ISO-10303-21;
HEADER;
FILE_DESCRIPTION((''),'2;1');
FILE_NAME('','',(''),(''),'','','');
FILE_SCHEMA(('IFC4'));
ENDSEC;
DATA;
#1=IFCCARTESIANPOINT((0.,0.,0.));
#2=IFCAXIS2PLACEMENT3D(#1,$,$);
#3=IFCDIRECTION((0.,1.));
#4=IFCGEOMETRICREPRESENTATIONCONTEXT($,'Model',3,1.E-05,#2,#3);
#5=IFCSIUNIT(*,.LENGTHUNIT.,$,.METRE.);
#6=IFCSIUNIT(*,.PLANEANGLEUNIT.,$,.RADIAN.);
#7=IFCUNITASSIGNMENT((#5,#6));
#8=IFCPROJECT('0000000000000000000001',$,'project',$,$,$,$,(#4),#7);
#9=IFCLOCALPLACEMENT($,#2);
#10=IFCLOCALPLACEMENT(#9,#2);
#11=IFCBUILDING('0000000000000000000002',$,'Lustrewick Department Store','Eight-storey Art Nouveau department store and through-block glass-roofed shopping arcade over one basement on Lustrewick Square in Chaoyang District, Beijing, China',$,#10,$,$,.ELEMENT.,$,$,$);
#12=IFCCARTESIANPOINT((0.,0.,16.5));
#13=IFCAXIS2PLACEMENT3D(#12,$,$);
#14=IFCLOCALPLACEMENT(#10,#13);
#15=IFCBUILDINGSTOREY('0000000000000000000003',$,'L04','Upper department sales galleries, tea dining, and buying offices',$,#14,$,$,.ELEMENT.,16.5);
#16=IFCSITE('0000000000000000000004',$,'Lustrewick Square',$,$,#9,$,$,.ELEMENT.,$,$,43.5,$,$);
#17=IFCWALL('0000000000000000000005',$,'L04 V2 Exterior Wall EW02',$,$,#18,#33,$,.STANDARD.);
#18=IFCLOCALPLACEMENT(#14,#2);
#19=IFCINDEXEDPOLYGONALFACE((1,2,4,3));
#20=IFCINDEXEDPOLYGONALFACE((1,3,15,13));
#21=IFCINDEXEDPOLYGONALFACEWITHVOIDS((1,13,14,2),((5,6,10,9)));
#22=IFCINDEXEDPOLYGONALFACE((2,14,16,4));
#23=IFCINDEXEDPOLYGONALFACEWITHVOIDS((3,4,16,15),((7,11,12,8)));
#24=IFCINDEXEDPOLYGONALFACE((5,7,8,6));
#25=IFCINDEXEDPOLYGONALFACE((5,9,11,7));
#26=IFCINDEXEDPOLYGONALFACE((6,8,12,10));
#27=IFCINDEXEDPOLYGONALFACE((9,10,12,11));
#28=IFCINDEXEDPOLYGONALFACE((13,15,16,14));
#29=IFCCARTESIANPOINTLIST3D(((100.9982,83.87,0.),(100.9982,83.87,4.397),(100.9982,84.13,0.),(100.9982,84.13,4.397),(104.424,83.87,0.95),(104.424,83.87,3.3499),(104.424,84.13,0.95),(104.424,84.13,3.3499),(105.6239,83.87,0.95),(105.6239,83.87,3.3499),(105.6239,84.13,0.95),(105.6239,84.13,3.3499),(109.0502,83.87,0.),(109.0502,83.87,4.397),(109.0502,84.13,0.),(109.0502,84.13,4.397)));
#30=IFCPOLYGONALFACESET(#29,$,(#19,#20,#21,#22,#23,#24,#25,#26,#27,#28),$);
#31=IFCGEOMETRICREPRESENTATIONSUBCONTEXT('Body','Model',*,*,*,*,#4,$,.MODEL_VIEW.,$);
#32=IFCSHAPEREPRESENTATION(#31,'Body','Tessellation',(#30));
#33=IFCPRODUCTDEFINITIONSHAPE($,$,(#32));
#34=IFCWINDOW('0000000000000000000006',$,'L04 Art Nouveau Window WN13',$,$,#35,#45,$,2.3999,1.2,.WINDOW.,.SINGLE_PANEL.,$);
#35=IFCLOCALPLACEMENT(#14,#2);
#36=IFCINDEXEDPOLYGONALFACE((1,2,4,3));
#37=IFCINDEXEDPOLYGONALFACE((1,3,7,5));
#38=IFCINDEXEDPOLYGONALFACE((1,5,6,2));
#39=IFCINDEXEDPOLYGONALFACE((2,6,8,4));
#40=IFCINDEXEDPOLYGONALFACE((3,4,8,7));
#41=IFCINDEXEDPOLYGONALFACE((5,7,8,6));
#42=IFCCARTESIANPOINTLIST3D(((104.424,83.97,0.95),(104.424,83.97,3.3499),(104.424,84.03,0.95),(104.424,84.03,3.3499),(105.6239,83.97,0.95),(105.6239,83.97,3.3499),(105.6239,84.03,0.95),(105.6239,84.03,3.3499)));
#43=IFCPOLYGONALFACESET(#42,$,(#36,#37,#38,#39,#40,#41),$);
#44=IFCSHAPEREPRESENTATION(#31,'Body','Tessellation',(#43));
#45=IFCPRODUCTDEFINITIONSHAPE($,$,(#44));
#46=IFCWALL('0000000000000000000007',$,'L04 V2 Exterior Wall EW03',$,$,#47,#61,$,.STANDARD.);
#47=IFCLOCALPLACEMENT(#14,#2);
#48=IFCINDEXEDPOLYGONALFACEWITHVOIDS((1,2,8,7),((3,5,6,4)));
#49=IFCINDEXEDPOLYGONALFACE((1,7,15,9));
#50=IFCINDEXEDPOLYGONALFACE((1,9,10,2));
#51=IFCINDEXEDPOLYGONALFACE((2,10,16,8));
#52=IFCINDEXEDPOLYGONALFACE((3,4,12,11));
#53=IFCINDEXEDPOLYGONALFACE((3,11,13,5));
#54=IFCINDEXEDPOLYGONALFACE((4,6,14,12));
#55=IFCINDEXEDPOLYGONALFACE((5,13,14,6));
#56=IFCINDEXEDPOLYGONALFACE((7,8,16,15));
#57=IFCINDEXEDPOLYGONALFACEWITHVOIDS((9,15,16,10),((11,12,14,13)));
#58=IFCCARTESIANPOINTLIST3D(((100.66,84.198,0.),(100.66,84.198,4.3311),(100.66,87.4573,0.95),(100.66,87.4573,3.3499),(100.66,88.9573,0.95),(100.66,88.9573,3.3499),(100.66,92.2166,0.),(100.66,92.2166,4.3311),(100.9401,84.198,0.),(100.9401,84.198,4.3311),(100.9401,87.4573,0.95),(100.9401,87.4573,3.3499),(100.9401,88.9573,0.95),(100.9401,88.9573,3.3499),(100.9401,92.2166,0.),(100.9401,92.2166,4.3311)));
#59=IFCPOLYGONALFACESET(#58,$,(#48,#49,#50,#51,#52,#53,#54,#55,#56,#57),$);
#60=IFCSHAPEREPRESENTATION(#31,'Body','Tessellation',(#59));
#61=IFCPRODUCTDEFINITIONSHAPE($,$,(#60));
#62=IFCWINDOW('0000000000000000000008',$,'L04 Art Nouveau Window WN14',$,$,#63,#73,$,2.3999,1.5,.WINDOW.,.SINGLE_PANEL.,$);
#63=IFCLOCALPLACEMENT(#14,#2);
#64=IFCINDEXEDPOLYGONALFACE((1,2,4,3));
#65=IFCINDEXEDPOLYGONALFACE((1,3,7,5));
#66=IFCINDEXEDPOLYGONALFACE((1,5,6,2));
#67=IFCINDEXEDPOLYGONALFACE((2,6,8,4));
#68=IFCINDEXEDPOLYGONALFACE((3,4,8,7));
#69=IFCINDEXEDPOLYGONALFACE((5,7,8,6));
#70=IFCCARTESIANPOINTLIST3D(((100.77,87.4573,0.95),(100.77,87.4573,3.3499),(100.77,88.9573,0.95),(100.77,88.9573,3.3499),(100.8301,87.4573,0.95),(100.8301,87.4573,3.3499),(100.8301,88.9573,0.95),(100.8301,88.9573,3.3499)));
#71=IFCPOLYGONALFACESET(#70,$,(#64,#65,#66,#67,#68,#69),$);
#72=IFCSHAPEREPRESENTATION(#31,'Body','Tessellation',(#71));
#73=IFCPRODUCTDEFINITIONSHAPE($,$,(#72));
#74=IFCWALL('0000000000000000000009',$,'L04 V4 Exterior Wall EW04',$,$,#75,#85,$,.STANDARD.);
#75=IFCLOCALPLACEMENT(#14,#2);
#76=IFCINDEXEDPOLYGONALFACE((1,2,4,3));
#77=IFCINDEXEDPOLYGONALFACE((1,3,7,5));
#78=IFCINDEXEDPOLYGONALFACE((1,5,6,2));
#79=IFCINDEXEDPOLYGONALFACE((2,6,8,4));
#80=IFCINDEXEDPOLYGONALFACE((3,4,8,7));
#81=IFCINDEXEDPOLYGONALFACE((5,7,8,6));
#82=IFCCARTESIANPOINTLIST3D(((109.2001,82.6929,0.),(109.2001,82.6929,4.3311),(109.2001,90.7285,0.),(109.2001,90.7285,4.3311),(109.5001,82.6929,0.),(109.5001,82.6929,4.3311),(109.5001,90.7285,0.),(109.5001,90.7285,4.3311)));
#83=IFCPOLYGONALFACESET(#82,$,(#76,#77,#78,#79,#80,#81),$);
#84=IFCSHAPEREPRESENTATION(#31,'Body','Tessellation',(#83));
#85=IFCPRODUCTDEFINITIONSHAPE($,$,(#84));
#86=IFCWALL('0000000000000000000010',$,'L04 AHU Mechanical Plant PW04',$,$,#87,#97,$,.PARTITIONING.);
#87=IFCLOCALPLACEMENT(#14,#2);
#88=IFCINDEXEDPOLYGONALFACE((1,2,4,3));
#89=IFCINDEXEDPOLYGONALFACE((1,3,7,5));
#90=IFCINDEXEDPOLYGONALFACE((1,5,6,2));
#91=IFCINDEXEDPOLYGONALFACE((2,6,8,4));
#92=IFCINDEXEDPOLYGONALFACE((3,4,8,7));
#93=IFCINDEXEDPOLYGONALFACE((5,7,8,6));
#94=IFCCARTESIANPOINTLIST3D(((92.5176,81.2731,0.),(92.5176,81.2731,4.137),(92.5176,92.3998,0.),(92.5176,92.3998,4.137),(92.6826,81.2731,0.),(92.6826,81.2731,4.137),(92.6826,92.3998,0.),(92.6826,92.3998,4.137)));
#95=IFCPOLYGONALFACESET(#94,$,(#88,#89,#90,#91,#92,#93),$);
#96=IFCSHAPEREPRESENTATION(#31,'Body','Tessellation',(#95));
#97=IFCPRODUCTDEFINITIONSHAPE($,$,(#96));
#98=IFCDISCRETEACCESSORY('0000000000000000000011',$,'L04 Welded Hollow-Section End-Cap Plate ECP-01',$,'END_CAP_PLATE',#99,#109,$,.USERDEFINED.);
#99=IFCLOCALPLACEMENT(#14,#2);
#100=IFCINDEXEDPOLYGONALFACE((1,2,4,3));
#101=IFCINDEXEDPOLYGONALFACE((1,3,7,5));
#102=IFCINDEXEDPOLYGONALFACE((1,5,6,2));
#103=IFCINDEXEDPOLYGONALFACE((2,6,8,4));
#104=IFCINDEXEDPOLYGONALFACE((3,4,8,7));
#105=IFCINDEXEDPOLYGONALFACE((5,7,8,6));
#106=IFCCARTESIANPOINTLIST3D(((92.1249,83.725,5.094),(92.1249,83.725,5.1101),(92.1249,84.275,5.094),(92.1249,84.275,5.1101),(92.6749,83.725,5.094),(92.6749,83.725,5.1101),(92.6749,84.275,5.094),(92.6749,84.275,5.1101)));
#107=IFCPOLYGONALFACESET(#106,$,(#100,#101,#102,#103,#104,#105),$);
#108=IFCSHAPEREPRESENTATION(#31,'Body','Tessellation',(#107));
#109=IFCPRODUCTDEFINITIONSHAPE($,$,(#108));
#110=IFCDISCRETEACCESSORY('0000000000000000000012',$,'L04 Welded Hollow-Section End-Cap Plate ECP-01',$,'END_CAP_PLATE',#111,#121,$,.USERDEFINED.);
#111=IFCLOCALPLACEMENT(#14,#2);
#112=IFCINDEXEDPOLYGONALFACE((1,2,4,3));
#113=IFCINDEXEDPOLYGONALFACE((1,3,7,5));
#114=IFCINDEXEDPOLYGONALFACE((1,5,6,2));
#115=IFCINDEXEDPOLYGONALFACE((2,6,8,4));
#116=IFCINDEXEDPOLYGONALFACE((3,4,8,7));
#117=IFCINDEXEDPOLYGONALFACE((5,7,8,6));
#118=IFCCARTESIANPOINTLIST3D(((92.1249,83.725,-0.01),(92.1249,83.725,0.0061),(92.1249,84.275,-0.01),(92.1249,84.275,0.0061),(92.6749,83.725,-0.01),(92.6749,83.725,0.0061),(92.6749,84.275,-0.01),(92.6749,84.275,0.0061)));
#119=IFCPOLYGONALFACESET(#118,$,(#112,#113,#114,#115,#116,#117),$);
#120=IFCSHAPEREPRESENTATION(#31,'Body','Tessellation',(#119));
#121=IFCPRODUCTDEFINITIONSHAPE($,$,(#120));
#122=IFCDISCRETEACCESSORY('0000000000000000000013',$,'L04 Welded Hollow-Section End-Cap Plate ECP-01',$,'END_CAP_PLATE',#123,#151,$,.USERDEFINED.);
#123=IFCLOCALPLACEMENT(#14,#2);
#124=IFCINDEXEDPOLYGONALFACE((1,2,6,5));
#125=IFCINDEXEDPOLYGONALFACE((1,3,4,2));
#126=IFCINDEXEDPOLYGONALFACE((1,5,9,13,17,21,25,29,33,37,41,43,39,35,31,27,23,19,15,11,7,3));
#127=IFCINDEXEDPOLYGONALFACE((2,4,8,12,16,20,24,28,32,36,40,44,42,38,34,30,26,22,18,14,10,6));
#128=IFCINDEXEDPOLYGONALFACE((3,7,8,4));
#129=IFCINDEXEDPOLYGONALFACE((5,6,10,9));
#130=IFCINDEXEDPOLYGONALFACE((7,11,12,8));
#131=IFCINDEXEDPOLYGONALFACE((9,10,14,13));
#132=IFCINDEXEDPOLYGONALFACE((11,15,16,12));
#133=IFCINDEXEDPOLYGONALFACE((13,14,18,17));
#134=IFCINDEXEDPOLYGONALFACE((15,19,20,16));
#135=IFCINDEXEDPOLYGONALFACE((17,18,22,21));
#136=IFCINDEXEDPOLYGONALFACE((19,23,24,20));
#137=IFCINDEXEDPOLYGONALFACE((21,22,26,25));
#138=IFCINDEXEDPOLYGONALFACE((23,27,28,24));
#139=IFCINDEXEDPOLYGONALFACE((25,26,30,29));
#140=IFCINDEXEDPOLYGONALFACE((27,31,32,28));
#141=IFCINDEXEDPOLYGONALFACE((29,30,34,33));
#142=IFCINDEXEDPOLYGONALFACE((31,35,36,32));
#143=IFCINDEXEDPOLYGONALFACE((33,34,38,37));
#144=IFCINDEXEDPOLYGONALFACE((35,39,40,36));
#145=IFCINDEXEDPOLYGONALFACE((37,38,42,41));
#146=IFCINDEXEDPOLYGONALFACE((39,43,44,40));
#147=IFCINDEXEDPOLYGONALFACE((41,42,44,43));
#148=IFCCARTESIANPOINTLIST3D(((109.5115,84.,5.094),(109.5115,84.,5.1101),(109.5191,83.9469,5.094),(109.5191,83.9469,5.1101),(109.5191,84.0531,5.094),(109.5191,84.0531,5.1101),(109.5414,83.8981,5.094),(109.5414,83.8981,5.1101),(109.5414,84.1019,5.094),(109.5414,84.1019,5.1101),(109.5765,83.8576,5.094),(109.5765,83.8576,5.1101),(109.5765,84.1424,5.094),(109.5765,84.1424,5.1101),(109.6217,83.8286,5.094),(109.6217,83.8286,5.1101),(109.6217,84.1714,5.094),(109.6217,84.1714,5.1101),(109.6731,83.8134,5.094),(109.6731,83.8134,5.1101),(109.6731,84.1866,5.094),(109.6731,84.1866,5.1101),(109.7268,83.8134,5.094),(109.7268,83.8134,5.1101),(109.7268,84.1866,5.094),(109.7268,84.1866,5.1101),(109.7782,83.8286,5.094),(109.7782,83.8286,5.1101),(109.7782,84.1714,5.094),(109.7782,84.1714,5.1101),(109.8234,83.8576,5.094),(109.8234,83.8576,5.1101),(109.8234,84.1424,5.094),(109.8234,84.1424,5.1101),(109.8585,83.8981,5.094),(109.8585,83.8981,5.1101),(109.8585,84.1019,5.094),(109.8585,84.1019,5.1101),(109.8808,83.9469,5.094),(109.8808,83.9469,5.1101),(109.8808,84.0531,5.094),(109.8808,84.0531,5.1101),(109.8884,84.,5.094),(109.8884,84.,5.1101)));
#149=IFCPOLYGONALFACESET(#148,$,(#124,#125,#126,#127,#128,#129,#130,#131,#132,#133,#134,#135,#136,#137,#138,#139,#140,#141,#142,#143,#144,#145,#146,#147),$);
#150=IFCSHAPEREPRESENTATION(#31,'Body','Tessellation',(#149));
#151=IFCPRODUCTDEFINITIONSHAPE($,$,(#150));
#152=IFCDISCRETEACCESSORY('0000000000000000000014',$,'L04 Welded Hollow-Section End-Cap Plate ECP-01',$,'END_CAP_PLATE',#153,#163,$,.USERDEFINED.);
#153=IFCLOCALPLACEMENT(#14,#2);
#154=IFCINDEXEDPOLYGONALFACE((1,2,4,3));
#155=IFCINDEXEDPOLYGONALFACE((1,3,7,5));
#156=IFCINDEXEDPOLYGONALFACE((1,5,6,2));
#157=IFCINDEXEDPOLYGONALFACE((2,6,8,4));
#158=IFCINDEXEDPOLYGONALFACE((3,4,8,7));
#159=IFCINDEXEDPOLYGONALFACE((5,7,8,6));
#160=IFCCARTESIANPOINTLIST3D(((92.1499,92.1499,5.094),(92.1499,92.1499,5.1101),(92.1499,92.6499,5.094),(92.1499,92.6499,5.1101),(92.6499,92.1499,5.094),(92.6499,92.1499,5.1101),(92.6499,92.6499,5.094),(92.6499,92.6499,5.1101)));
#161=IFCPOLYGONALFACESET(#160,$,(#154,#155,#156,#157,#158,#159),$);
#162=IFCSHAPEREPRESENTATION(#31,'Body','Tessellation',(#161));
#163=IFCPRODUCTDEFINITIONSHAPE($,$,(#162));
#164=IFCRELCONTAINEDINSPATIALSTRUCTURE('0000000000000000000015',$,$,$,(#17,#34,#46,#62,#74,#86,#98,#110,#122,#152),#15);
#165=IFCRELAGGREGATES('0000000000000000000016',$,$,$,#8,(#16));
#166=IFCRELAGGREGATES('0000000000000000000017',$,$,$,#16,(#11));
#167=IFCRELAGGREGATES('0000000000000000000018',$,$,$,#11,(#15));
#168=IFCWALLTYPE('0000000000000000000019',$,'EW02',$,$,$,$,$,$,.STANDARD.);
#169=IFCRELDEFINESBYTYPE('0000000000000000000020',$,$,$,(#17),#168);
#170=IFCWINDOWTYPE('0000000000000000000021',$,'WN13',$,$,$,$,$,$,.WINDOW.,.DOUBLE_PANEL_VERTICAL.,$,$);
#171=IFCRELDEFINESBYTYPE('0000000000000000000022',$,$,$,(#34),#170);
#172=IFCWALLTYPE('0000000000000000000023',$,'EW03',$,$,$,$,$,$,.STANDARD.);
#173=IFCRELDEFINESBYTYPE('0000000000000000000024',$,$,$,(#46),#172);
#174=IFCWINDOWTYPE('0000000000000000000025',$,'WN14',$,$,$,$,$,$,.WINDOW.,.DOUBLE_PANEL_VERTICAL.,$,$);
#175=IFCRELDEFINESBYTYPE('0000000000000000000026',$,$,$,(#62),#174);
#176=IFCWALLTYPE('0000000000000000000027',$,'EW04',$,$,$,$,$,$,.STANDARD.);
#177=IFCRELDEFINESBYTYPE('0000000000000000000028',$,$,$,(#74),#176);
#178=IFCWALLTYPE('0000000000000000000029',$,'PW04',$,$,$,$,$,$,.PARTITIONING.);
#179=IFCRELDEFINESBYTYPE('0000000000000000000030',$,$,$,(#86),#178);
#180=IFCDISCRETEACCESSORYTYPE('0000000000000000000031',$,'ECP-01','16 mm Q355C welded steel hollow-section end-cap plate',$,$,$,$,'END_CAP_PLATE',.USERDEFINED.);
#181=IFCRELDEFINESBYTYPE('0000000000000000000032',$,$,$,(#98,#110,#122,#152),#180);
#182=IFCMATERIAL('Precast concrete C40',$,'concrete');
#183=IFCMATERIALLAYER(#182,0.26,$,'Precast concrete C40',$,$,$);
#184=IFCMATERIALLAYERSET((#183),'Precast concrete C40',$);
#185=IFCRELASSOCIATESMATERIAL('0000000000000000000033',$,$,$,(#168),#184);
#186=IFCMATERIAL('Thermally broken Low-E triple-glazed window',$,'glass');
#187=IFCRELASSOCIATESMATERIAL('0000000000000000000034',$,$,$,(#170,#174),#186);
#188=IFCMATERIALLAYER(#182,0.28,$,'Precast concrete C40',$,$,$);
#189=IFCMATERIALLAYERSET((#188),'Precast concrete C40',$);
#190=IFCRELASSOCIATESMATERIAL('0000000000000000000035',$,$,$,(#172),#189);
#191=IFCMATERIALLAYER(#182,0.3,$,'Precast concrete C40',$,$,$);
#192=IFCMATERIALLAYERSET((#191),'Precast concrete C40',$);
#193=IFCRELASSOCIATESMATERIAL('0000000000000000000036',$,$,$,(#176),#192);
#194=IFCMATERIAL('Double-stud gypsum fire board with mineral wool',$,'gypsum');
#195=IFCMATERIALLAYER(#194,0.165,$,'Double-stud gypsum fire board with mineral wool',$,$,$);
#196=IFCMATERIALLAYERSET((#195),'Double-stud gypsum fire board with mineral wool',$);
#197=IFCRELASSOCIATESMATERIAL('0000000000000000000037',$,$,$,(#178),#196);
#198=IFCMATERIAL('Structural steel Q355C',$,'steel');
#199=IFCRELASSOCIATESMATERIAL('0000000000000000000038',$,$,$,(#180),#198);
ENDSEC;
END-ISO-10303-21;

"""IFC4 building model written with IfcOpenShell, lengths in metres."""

from ifc_helpers import new_model, si_unit, direction, frame, frame_2d, origin, origin_2d, place, context, subcontext, project, spatial, rectangle, circle, extrude, material, layer, layer_set, type_object, element, fill, save


model = new_model("IFC4")

# Units and contexts
model_context = context("Model", 3, precision=1e-05, world=origin(), true_north=direction((0.0, 1.0)))
body_context = subcontext(model_context, "Body", "Model", "MODEL_VIEW")
ifc_project = project(units=[si_unit("LENGTHUNIT", "METRE"), si_unit("PLANEANGLEUNIT", "RADIAN")], contexts=[model_context])

# Site, building, storey
site_placement = place(None, origin())
site = spatial("IfcSite", under=ifc_project, at=site_placement, Name="Lustrewick Square", CompositionType="ELEMENT", RefElevation=43.5)
building_placement = place(site_placement, origin())
building = spatial("IfcBuilding", under=site, at=building_placement, Name="Lustrewick Department Store", Description="Eight-storey Art Nouveau department store and through-block glass-roofed shopping arcade over one basement on Lustrewick Square in Chaoyang District, Beijing, China", CompositionType="ELEMENT")
storey_placement = place(building_placement, frame((0.0, 0.0, 16.5)))
storey = spatial("IfcBuildingStorey", under=building, at=storey_placement, Name="L04", Description="Upper department sales galleries, tea dining, and buying offices", CompositionType="ELEMENT", Elevation=16.5)

# Shared definitions
ifc_material_1 = material(Name="Structural steel Q355C", Category="steel")

# Walls, openings, windows
ifc_material_2 = material(Name="Precast concrete C40", Category="concrete")
ifc_layer_1 = layer(ifc_material_2, 0.26, Name="Precast concrete C40")
ifc_layer_set_1 = layer_set([ifc_layer_1], Name="Precast concrete C40")
wall_type_1 = type_object("IfcWallType", Name="EW02", PredefinedType="STANDARD", material=ifc_layer_set_1)
wall_1_placement = place(storey_placement, frame((109.05, 84.0, 0.0), z_axis=(0.0, 0.0, 1.0), x_axis=(-1.0, 0.0, 0.0)))
wall_1 = element("IfcWall", 1, at=wall_1_placement, inside=storey, type_object=wall_type_1, Name="L04 V2 Exterior Wall EW02", PredefinedType="STANDARD", context=body_context, shape_type="SweptSolid", body=[
    extrude(rectangle(XDim=8.052, YDim=0.26, at=frame_2d((4.0259, 0.0))), origin(), (0.0, 0.0, 1.0), 4.397),
])
opening_1_placement = place(wall_1_placement, frame((3.426, 0.0, 0.95)))
opening_1 = element("IfcOpeningElement", 2, at=opening_1_placement, cuts=wall_1, PredefinedType="OPENING", context=body_context, shape_type="SweptSolid", body=[
    extrude(rectangle(XDim=1.2, YDim=2.3999, at=frame_2d((0.6001, 1.2))), frame((0.0, 0.1401, 0.0), z_axis=(0.0, -1.0, 0.0), x_axis=(1.0, 0.0, 0.0)), (0.0, 0.0, 1.0), 0.28),
])
ifc_material_3 = material(Name="Thermally broken Low-E triple-glazed window", Category="glass")
window_type_1 = type_object("IfcWindowType", Name="WN13", PartitioningType="DOUBLE_PANEL_VERTICAL", PredefinedType="WINDOW", material=ifc_material_3)
window_1_placement = place(opening_1_placement, origin())
window_1 = element("IfcWindow", 3, at=window_1_placement, inside=storey, type_object=window_type_1, Name="L04 Art Nouveau Window WN13", OverallHeight=2.3999, OverallWidth=1.2, PartitioningType="SINGLE_PANEL", PredefinedType="WINDOW", context=body_context, shape_type="SweptSolid", body=[
    extrude(rectangle(XDim=1.2, YDim=2.3999, at=frame_2d((0.6001, 1.2))), frame((0.0, 0.03, 0.0), z_axis=(0.0, -1.0, 0.0), x_axis=(1.0, 0.0, 0.0)), (0.0, 0.0, 1.0), 0.0601),
])
fill(opening_1, window_1)
ifc_layer_2 = layer(ifc_material_2, 0.28, Name="Precast concrete C40")
ifc_layer_set_2 = layer_set([ifc_layer_2], Name="Precast concrete C40")
wall_type_2 = type_object("IfcWallType", Name="EW03", PredefinedType="STANDARD", material=ifc_layer_set_2)
wall_2_placement = place(storey_placement, frame((100.8, 84.198, 0.0), z_axis=(0.0, 0.0, 1.0), x_axis=(0.0, 1.0, 0.0)))
wall_2 = element("IfcWall", 4, at=wall_2_placement, inside=storey, type_object=wall_type_2, Name="L04 V2 Exterior Wall EW03", PredefinedType="STANDARD", context=body_context, shape_type="SweptSolid", body=[
    extrude(rectangle(XDim=8.0186, YDim=0.28, at=frame_2d((4.0093, 0.0))), origin(), (0.0, 0.0, 1.0), 4.3311),
])
opening_2_placement = place(wall_2_placement, frame((3.2593, 0.0, 0.95)))
opening_2 = element("IfcOpeningElement", 5, at=opening_2_placement, cuts=wall_2, PredefinedType="OPENING", context=body_context, shape_type="SweptSolid", body=[
    extrude(rectangle(XDim=1.5, YDim=2.3999, at=frame_2d((0.75, 1.2))), frame((0.0, 0.1499, 0.0), z_axis=(0.0, -1.0, 0.0), x_axis=(1.0, 0.0, 0.0)), (0.0, 0.0, 1.0), 0.3),
])
window_type_2 = type_object("IfcWindowType", Name="WN14", PartitioningType="DOUBLE_PANEL_VERTICAL", PredefinedType="WINDOW", material=ifc_material_3)
window_2_placement = place(opening_2_placement, origin())
window_2 = element("IfcWindow", 6, at=window_2_placement, inside=storey, type_object=window_type_2, Name="L04 Art Nouveau Window WN14", OverallHeight=2.3999, OverallWidth=1.5, PartitioningType="SINGLE_PANEL", PredefinedType="WINDOW", context=body_context, shape_type="SweptSolid", body=[
    extrude(rectangle(XDim=1.5, YDim=2.3999, at=frame_2d((0.75, 1.2))), frame((0.0, 0.03, 0.0), z_axis=(0.0, -1.0, 0.0), x_axis=(1.0, 0.0, 0.0)), (0.0, 0.0, 1.0), 0.0601),
])
fill(opening_2, window_2)

# Walls
ifc_layer_3 = layer(ifc_material_2, 0.3, Name="Precast concrete C40")
ifc_layer_set_3 = layer_set([ifc_layer_3], Name="Precast concrete C40")
wall_type_3 = type_object("IfcWallType", Name="EW04", PredefinedType="STANDARD", material=ifc_layer_set_3)
wall_3_placement = place(storey_placement, frame((109.3501, 90.7285, 0.0), z_axis=(0.0, 0.0, 1.0), x_axis=(0.0, -1.0, 0.0)))
element("IfcWall", 7, at=wall_3_placement, inside=storey, type_object=wall_type_3, Name="L04 V4 Exterior Wall EW04", PredefinedType="STANDARD", context=body_context, shape_type="SweptSolid", body=[
    extrude(rectangle(XDim=8.0356, YDim=0.3, at=frame_2d((4.0178, 0.0))), origin(), (0.0, 0.0, 1.0), 4.3311),
])
ifc_material_4 = material(Name="Double-stud gypsum fire board with mineral wool", Category="gypsum")
ifc_layer_4 = layer(ifc_material_4, 0.165, Name="Double-stud gypsum fire board with mineral wool")
ifc_layer_set_4 = layer_set([ifc_layer_4], Name="Double-stud gypsum fire board with mineral wool")
wall_type_4 = type_object("IfcWallType", Name="PW04", PredefinedType="PARTITIONING", material=ifc_layer_set_4)
wall_4_placement = place(storey_placement, frame((92.6001, 92.3999, 0.0), z_axis=(0.0, 0.0, 1.0), x_axis=(0.0, -1.0, 0.0)))
element("IfcWall", 8, at=wall_4_placement, inside=storey, type_object=wall_type_4, Name="L04 AHU Mechanical Plant PW04", PredefinedType="PARTITIONING", context=body_context, shape_type="SweptSolid", body=[
    extrude(rectangle(XDim=11.1267, YDim=0.165, at=frame_2d((5.5635, 0.0))), origin(), (0.0, 0.0, 1.0), 4.137),
])

# Discrete accessories
discrete_accessory_type = type_object("IfcDiscreteAccessoryType", Name="ECP-01", Description="16 mm Q355C welded steel hollow-section end-cap plate", ElementType="END_CAP_PLATE", PredefinedType="USERDEFINED", material=ifc_material_1)
for number, where, z_axis, x_axis, name in (
    (9, (92.3999, 84.0, 5.094), (0.0, 0.0, 1.0), (1.0, 0.0, 0.0), "L04 Welded Hollow-Section End-Cap Plate ECP-01"),
    (10, (92.3999, 84.0, 0.0061), (0.0, 0.0, -1.0), (1.0, 0.0, 0.0), "L04 Welded Hollow-Section End-Cap Plate ECP-01"),
):
    element("IfcDiscreteAccessory", number, at=place(storey_placement, frame(where, z_axis=z_axis, x_axis=x_axis)), inside=storey, type_object=discrete_accessory_type, Name=name, ObjectType="END_CAP_PLATE", PredefinedType="USERDEFINED", context=body_context, shape_type="SweptSolid", body=[
        extrude(rectangle(XDim=0.55, YDim=0.55, at=origin_2d()), origin(), (0.0, 0.0, 1.0), 0.0161),
    ])
discrete_accessory_1_placement = place(storey_placement, frame((109.7, 84.0, 5.094), z_axis=(0.0, 0.0, 1.0), x_axis=(1.0, 0.0, 0.0)))
element("IfcDiscreteAccessory", 11, at=discrete_accessory_1_placement, inside=storey, type_object=discrete_accessory_type, Name="L04 Welded Hollow-Section End-Cap Plate ECP-01", ObjectType="END_CAP_PLATE", PredefinedType="USERDEFINED", context=body_context, shape_type="SweptSolid", body=[
    extrude(circle(Radius=0.1885, at=origin_2d()), origin(), (0.0, 0.0, 1.0), 0.0161),
])
discrete_accessory_2_placement = place(storey_placement, frame((92.3999, 92.3999, 5.094), z_axis=(0.0, 0.0, 1.0), x_axis=(1.0, 0.0, 0.0)))
element("IfcDiscreteAccessory", 12, at=discrete_accessory_2_placement, inside=storey, type_object=discrete_accessory_type, Name="L04 Welded Hollow-Section End-Cap Plate ECP-01", ObjectType="END_CAP_PLATE", PredefinedType="USERDEFINED", context=body_context, shape_type="SweptSolid", body=[
    extrude(rectangle(XDim=0.5, YDim=0.5, at=origin_2d()), origin(), (0.0, 0.0, 1.0), 0.0161),
])

save(model, "model.ifc")
